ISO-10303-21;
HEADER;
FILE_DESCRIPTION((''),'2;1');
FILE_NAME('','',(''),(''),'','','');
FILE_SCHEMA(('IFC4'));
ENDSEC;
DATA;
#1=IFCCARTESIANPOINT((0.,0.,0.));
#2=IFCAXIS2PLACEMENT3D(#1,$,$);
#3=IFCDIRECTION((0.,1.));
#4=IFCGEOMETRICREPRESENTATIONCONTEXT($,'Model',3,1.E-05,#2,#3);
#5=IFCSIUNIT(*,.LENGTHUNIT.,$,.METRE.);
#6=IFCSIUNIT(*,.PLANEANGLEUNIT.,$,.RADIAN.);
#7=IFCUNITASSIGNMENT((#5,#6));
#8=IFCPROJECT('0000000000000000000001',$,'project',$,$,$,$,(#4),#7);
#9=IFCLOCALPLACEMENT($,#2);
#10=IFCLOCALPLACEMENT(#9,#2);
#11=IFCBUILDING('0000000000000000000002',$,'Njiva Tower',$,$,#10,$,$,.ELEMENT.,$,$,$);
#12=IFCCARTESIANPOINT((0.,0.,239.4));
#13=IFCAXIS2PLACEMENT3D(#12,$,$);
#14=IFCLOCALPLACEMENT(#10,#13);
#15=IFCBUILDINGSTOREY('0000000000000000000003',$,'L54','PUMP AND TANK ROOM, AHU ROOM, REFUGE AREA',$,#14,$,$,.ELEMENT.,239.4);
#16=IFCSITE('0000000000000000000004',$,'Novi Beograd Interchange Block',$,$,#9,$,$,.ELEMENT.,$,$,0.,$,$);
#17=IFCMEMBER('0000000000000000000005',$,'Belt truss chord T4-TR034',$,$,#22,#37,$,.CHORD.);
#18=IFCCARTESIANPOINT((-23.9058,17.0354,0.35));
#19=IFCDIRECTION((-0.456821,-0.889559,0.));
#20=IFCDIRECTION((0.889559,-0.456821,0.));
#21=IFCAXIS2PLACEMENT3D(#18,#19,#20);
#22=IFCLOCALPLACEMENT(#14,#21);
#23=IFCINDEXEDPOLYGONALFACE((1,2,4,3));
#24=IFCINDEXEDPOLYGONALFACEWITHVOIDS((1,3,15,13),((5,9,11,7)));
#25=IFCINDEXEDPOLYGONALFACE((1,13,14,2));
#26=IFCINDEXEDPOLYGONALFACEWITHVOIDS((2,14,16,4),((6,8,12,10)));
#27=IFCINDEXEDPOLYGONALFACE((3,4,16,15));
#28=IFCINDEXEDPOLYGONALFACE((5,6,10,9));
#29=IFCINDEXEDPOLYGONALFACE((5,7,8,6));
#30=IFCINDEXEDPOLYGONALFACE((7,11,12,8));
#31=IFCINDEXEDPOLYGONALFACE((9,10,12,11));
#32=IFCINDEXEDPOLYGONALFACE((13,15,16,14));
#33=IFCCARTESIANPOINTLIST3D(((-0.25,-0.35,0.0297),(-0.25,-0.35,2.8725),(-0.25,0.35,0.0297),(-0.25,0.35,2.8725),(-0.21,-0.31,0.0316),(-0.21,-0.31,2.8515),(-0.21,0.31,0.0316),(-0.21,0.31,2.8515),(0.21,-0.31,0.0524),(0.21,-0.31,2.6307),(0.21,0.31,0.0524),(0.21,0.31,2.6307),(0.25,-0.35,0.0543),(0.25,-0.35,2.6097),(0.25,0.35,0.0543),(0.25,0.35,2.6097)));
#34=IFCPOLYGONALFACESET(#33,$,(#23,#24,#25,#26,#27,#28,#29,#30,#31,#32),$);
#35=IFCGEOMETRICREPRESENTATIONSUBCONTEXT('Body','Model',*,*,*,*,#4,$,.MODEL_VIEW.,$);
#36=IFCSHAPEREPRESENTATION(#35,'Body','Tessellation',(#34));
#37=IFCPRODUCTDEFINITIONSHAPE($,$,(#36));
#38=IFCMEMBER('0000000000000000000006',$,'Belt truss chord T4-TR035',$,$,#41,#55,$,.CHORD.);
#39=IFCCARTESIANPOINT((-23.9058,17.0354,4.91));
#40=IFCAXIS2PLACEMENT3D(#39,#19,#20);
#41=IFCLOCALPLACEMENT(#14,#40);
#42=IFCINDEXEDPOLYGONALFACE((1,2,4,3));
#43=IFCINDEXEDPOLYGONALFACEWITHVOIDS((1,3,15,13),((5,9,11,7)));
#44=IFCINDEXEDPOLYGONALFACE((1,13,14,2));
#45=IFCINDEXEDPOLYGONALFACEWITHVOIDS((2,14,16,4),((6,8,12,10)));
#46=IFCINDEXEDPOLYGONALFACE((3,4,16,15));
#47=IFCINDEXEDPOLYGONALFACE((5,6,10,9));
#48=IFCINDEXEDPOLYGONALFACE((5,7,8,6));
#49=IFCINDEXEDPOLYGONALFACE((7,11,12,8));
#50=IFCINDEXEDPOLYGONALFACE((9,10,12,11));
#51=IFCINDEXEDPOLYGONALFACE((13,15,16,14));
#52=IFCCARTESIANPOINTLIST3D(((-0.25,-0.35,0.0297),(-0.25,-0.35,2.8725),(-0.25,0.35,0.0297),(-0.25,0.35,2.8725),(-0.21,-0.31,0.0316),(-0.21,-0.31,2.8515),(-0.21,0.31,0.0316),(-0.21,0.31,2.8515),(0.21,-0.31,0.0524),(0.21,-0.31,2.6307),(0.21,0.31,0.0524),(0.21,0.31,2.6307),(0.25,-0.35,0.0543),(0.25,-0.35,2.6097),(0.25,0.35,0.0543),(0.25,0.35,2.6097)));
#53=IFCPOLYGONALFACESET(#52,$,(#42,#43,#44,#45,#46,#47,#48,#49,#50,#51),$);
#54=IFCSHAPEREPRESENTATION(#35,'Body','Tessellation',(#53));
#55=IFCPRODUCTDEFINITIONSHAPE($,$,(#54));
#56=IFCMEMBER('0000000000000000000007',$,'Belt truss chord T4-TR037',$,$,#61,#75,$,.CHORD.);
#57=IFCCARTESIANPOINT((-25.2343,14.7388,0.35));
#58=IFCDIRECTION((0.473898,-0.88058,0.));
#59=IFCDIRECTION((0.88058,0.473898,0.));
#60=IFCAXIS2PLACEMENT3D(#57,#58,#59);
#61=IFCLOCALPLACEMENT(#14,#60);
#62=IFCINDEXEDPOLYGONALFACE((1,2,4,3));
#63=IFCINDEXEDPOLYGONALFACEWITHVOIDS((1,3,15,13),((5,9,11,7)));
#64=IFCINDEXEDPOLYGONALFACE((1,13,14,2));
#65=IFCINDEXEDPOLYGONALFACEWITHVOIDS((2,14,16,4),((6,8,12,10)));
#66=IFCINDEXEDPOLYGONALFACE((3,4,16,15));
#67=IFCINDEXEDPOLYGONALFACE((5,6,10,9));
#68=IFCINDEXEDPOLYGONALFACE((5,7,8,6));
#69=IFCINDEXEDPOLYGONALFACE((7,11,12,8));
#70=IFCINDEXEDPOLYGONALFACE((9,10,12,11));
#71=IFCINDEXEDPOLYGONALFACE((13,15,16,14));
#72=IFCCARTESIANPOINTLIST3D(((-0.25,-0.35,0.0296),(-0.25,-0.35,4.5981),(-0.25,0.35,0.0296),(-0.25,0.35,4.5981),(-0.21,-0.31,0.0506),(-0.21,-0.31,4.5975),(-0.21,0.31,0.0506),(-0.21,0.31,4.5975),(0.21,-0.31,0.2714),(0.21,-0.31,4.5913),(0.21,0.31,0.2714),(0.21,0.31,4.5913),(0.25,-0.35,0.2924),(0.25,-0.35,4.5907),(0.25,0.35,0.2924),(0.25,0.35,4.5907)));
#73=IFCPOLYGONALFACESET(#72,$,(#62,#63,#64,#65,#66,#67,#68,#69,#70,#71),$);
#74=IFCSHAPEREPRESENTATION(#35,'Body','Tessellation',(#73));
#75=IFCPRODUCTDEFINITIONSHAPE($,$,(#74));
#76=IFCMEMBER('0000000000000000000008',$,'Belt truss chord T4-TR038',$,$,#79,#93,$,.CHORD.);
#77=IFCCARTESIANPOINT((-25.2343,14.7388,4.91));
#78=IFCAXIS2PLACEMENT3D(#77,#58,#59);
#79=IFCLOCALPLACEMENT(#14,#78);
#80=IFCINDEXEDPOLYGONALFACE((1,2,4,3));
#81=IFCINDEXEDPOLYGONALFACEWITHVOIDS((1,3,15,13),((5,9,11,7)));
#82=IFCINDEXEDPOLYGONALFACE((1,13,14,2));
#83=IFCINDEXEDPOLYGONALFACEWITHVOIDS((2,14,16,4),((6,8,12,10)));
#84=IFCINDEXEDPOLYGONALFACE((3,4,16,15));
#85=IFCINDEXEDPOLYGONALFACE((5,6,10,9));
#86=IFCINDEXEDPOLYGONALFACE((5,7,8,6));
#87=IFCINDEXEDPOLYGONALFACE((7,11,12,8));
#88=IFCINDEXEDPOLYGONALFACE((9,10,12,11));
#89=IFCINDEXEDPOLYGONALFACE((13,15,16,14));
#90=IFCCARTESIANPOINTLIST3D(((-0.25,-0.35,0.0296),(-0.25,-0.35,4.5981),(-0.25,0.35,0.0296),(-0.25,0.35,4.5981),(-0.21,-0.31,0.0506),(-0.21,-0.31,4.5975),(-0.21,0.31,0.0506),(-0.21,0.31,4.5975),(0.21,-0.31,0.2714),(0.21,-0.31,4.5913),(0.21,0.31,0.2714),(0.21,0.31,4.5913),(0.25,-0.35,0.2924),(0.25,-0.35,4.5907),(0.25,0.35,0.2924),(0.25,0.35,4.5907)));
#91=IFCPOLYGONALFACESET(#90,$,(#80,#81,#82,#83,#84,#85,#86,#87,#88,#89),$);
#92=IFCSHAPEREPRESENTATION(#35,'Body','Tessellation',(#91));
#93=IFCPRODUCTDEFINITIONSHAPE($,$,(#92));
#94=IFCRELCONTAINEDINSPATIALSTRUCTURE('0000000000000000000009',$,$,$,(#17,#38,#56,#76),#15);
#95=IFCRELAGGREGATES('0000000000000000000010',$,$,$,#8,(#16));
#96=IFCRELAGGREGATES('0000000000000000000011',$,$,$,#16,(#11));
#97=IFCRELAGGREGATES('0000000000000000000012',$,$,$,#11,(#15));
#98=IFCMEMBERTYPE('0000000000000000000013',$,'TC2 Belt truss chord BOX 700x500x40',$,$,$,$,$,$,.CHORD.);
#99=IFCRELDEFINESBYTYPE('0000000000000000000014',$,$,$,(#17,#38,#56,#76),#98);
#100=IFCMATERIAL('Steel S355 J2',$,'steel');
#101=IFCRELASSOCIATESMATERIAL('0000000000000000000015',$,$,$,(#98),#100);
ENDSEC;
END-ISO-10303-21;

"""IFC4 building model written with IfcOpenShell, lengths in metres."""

from ifc_helpers import new_model, si_unit, direction, frame, origin, origin_2d, place, context, subcontext, project, spatial, hollow_rectangle, extrude, clip, halfspace, material, material_profile, profile_set, type_object, element, save


model = new_model("IFC4")

# Units and contexts
model_context = context("Model", 3, precision=1e-05, world=origin(), true_north=direction((0.0, 1.0)))
body_context = subcontext(model_context, "Body", "Model", "MODEL_VIEW")
ifc_project = project(units=[si_unit("LENGTHUNIT", "METRE"), si_unit("PLANEANGLEUNIT", "RADIAN")], contexts=[model_context])

# Site, building, storey
site_placement = place(None, origin())
site = spatial("IfcSite", under=ifc_project, at=site_placement, Name="Novi Beograd Interchange Block", CompositionType="ELEMENT", RefElevation=0.0)
building_placement = place(site_placement, origin())
building = spatial("IfcBuilding", under=site, at=building_placement, Name="Njiva Tower", CompositionType="ELEMENT")
storey_placement = place(building_placement, frame((0.0, 0.0, 239.4)))
storey = spatial("IfcBuildingStorey", under=building, at=storey_placement, Name="L54", Description="PUMP AND TANK ROOM, AHU ROOM, REFUGE AREA", CompositionType="ELEMENT", Elevation=239.4)

# Shared definitions
ifc_material_1 = material(Name="Steel S355 J2", Category="steel")

# Members
ifc_material_profile_1 = material_profile(ifc_material_1, hollow_rectangle(XDim=0.5, YDim=0.7, WallThickness=0.04, at=origin_2d()), Name="BOX 700x500x40")
ifc_profile_set_1 = profile_set([ifc_material_profile_1], Name="Steel S355 J2")
member_type_1 = type_object("IfcMemberType", Name="TC2 Belt truss chord BOX 700x500x40", PredefinedType="CHORD", material=ifc_profile_set_1)
member_1_placement = place(storey_placement, frame((-23.9058, 17.0354, 0.35), z_axis=(-0.456821, -0.889559, 0.0), x_axis=(0.889559, -0.456821, 0.0)))
element("IfcMember", 1, at=member_1_placement, inside=storey, type_object=member_type_1, Name="Belt truss chord T4-TR034", PredefinedType="CHORD", context=body_context, shape_type="Clipping", body=[
    clip(clip(extrude(hollow_rectangle(XDim=0.5, YDim=0.7, WallThickness=0.04, at=origin_2d()), origin(), (0.0, 0.0, 1.0), 2.9021), halfspace(frame((0.0, -239.75, 0.042), z_axis=(0.049275, 0.0, -0.998785), x_axis=(0.0, -1.0, 0.0)), False)), halfspace(frame((0.0, -239.75, 2.7411), z_axis=(0.465384, 0.0, 0.885109), x_axis=(0.0, 1.0, 0.0)), False)),
])
member_2_placement = place(storey_placement, frame((-23.9058, 17.0354, 4.91), z_axis=(-0.456821, -0.889559, 0.0), x_axis=(0.889559, -0.456821, 0.0)))
element("IfcMember", 2, at=member_2_placement, inside=storey, type_object=member_type_1, Name="Belt truss chord T4-TR035", PredefinedType="CHORD", context=body_context, shape_type="Clipping", body=[
    clip(clip(extrude(hollow_rectangle(XDim=0.5, YDim=0.7, WallThickness=0.04, at=origin_2d()), origin(), (0.0, 0.0, 1.0), 2.9021), halfspace(frame((0.0, -244.31, 0.042), z_axis=(0.049275, 0.0, -0.998785), x_axis=(0.0, -1.0, 0.0)), False)), halfspace(frame((0.0, -244.31, 2.7411), z_axis=(0.465384, 0.0, 0.885109), x_axis=(0.0, 1.0, 0.0)), False)),
])
member_3_placement = place(storey_placement, frame((-25.2343, 14.7388, 0.35), z_axis=(0.473898, -0.88058, 0.0), x_axis=(0.88058, 0.473898, 0.0)))
element("IfcMember", 3, at=member_3_placement, inside=storey, type_object=member_type_1, Name="Belt truss chord T4-TR037", PredefinedType="CHORD", context=body_context, shape_type="Clipping", body=[
    clip(clip(extrude(hollow_rectangle(XDim=0.5, YDim=0.7, WallThickness=0.04, at=origin_2d()), origin(), (0.0, 0.0, 1.0), 4.6284), halfspace(frame((0.0, -239.75, 0.161), z_axis=(0.465378, 0.0, -0.885112), x_axis=(0.0, -1.0, 0.0)), False)), halfspace(frame((0.0, -239.75, 4.5944), z_axis=(0.014846, 0.0, 0.99989), x_axis=(0.0, 1.0, 0.0)), False)),
])
member_4_placement = place(storey_placement, frame((-25.2343, 14.7388, 4.91), z_axis=(0.473898, -0.88058, 0.0), x_axis=(0.88058, 0.473898, 0.0)))
element("IfcMember", 4, at=member_4_placement, inside=storey, type_object=member_type_1, Name="Belt truss chord T4-TR038", PredefinedType="CHORD", context=body_context, shape_type="Clipping", body=[
    clip(clip(extrude(hollow_rectangle(XDim=0.5, YDim=0.7, WallThickness=0.04, at=origin_2d()), origin(), (0.0, 0.0, 1.0), 4.6284), halfspace(frame((0.0, -244.31, 0.161), z_axis=(0.465378, 0.0, -0.885112), x_axis=(0.0, -1.0, 0.0)), False)), halfspace(frame((0.0, -244.31, 4.5944), z_axis=(0.014846, 0.0, 0.99989), x_axis=(0.0, 1.0, 0.0)), False)),
])

save(model, "model.ifc")
